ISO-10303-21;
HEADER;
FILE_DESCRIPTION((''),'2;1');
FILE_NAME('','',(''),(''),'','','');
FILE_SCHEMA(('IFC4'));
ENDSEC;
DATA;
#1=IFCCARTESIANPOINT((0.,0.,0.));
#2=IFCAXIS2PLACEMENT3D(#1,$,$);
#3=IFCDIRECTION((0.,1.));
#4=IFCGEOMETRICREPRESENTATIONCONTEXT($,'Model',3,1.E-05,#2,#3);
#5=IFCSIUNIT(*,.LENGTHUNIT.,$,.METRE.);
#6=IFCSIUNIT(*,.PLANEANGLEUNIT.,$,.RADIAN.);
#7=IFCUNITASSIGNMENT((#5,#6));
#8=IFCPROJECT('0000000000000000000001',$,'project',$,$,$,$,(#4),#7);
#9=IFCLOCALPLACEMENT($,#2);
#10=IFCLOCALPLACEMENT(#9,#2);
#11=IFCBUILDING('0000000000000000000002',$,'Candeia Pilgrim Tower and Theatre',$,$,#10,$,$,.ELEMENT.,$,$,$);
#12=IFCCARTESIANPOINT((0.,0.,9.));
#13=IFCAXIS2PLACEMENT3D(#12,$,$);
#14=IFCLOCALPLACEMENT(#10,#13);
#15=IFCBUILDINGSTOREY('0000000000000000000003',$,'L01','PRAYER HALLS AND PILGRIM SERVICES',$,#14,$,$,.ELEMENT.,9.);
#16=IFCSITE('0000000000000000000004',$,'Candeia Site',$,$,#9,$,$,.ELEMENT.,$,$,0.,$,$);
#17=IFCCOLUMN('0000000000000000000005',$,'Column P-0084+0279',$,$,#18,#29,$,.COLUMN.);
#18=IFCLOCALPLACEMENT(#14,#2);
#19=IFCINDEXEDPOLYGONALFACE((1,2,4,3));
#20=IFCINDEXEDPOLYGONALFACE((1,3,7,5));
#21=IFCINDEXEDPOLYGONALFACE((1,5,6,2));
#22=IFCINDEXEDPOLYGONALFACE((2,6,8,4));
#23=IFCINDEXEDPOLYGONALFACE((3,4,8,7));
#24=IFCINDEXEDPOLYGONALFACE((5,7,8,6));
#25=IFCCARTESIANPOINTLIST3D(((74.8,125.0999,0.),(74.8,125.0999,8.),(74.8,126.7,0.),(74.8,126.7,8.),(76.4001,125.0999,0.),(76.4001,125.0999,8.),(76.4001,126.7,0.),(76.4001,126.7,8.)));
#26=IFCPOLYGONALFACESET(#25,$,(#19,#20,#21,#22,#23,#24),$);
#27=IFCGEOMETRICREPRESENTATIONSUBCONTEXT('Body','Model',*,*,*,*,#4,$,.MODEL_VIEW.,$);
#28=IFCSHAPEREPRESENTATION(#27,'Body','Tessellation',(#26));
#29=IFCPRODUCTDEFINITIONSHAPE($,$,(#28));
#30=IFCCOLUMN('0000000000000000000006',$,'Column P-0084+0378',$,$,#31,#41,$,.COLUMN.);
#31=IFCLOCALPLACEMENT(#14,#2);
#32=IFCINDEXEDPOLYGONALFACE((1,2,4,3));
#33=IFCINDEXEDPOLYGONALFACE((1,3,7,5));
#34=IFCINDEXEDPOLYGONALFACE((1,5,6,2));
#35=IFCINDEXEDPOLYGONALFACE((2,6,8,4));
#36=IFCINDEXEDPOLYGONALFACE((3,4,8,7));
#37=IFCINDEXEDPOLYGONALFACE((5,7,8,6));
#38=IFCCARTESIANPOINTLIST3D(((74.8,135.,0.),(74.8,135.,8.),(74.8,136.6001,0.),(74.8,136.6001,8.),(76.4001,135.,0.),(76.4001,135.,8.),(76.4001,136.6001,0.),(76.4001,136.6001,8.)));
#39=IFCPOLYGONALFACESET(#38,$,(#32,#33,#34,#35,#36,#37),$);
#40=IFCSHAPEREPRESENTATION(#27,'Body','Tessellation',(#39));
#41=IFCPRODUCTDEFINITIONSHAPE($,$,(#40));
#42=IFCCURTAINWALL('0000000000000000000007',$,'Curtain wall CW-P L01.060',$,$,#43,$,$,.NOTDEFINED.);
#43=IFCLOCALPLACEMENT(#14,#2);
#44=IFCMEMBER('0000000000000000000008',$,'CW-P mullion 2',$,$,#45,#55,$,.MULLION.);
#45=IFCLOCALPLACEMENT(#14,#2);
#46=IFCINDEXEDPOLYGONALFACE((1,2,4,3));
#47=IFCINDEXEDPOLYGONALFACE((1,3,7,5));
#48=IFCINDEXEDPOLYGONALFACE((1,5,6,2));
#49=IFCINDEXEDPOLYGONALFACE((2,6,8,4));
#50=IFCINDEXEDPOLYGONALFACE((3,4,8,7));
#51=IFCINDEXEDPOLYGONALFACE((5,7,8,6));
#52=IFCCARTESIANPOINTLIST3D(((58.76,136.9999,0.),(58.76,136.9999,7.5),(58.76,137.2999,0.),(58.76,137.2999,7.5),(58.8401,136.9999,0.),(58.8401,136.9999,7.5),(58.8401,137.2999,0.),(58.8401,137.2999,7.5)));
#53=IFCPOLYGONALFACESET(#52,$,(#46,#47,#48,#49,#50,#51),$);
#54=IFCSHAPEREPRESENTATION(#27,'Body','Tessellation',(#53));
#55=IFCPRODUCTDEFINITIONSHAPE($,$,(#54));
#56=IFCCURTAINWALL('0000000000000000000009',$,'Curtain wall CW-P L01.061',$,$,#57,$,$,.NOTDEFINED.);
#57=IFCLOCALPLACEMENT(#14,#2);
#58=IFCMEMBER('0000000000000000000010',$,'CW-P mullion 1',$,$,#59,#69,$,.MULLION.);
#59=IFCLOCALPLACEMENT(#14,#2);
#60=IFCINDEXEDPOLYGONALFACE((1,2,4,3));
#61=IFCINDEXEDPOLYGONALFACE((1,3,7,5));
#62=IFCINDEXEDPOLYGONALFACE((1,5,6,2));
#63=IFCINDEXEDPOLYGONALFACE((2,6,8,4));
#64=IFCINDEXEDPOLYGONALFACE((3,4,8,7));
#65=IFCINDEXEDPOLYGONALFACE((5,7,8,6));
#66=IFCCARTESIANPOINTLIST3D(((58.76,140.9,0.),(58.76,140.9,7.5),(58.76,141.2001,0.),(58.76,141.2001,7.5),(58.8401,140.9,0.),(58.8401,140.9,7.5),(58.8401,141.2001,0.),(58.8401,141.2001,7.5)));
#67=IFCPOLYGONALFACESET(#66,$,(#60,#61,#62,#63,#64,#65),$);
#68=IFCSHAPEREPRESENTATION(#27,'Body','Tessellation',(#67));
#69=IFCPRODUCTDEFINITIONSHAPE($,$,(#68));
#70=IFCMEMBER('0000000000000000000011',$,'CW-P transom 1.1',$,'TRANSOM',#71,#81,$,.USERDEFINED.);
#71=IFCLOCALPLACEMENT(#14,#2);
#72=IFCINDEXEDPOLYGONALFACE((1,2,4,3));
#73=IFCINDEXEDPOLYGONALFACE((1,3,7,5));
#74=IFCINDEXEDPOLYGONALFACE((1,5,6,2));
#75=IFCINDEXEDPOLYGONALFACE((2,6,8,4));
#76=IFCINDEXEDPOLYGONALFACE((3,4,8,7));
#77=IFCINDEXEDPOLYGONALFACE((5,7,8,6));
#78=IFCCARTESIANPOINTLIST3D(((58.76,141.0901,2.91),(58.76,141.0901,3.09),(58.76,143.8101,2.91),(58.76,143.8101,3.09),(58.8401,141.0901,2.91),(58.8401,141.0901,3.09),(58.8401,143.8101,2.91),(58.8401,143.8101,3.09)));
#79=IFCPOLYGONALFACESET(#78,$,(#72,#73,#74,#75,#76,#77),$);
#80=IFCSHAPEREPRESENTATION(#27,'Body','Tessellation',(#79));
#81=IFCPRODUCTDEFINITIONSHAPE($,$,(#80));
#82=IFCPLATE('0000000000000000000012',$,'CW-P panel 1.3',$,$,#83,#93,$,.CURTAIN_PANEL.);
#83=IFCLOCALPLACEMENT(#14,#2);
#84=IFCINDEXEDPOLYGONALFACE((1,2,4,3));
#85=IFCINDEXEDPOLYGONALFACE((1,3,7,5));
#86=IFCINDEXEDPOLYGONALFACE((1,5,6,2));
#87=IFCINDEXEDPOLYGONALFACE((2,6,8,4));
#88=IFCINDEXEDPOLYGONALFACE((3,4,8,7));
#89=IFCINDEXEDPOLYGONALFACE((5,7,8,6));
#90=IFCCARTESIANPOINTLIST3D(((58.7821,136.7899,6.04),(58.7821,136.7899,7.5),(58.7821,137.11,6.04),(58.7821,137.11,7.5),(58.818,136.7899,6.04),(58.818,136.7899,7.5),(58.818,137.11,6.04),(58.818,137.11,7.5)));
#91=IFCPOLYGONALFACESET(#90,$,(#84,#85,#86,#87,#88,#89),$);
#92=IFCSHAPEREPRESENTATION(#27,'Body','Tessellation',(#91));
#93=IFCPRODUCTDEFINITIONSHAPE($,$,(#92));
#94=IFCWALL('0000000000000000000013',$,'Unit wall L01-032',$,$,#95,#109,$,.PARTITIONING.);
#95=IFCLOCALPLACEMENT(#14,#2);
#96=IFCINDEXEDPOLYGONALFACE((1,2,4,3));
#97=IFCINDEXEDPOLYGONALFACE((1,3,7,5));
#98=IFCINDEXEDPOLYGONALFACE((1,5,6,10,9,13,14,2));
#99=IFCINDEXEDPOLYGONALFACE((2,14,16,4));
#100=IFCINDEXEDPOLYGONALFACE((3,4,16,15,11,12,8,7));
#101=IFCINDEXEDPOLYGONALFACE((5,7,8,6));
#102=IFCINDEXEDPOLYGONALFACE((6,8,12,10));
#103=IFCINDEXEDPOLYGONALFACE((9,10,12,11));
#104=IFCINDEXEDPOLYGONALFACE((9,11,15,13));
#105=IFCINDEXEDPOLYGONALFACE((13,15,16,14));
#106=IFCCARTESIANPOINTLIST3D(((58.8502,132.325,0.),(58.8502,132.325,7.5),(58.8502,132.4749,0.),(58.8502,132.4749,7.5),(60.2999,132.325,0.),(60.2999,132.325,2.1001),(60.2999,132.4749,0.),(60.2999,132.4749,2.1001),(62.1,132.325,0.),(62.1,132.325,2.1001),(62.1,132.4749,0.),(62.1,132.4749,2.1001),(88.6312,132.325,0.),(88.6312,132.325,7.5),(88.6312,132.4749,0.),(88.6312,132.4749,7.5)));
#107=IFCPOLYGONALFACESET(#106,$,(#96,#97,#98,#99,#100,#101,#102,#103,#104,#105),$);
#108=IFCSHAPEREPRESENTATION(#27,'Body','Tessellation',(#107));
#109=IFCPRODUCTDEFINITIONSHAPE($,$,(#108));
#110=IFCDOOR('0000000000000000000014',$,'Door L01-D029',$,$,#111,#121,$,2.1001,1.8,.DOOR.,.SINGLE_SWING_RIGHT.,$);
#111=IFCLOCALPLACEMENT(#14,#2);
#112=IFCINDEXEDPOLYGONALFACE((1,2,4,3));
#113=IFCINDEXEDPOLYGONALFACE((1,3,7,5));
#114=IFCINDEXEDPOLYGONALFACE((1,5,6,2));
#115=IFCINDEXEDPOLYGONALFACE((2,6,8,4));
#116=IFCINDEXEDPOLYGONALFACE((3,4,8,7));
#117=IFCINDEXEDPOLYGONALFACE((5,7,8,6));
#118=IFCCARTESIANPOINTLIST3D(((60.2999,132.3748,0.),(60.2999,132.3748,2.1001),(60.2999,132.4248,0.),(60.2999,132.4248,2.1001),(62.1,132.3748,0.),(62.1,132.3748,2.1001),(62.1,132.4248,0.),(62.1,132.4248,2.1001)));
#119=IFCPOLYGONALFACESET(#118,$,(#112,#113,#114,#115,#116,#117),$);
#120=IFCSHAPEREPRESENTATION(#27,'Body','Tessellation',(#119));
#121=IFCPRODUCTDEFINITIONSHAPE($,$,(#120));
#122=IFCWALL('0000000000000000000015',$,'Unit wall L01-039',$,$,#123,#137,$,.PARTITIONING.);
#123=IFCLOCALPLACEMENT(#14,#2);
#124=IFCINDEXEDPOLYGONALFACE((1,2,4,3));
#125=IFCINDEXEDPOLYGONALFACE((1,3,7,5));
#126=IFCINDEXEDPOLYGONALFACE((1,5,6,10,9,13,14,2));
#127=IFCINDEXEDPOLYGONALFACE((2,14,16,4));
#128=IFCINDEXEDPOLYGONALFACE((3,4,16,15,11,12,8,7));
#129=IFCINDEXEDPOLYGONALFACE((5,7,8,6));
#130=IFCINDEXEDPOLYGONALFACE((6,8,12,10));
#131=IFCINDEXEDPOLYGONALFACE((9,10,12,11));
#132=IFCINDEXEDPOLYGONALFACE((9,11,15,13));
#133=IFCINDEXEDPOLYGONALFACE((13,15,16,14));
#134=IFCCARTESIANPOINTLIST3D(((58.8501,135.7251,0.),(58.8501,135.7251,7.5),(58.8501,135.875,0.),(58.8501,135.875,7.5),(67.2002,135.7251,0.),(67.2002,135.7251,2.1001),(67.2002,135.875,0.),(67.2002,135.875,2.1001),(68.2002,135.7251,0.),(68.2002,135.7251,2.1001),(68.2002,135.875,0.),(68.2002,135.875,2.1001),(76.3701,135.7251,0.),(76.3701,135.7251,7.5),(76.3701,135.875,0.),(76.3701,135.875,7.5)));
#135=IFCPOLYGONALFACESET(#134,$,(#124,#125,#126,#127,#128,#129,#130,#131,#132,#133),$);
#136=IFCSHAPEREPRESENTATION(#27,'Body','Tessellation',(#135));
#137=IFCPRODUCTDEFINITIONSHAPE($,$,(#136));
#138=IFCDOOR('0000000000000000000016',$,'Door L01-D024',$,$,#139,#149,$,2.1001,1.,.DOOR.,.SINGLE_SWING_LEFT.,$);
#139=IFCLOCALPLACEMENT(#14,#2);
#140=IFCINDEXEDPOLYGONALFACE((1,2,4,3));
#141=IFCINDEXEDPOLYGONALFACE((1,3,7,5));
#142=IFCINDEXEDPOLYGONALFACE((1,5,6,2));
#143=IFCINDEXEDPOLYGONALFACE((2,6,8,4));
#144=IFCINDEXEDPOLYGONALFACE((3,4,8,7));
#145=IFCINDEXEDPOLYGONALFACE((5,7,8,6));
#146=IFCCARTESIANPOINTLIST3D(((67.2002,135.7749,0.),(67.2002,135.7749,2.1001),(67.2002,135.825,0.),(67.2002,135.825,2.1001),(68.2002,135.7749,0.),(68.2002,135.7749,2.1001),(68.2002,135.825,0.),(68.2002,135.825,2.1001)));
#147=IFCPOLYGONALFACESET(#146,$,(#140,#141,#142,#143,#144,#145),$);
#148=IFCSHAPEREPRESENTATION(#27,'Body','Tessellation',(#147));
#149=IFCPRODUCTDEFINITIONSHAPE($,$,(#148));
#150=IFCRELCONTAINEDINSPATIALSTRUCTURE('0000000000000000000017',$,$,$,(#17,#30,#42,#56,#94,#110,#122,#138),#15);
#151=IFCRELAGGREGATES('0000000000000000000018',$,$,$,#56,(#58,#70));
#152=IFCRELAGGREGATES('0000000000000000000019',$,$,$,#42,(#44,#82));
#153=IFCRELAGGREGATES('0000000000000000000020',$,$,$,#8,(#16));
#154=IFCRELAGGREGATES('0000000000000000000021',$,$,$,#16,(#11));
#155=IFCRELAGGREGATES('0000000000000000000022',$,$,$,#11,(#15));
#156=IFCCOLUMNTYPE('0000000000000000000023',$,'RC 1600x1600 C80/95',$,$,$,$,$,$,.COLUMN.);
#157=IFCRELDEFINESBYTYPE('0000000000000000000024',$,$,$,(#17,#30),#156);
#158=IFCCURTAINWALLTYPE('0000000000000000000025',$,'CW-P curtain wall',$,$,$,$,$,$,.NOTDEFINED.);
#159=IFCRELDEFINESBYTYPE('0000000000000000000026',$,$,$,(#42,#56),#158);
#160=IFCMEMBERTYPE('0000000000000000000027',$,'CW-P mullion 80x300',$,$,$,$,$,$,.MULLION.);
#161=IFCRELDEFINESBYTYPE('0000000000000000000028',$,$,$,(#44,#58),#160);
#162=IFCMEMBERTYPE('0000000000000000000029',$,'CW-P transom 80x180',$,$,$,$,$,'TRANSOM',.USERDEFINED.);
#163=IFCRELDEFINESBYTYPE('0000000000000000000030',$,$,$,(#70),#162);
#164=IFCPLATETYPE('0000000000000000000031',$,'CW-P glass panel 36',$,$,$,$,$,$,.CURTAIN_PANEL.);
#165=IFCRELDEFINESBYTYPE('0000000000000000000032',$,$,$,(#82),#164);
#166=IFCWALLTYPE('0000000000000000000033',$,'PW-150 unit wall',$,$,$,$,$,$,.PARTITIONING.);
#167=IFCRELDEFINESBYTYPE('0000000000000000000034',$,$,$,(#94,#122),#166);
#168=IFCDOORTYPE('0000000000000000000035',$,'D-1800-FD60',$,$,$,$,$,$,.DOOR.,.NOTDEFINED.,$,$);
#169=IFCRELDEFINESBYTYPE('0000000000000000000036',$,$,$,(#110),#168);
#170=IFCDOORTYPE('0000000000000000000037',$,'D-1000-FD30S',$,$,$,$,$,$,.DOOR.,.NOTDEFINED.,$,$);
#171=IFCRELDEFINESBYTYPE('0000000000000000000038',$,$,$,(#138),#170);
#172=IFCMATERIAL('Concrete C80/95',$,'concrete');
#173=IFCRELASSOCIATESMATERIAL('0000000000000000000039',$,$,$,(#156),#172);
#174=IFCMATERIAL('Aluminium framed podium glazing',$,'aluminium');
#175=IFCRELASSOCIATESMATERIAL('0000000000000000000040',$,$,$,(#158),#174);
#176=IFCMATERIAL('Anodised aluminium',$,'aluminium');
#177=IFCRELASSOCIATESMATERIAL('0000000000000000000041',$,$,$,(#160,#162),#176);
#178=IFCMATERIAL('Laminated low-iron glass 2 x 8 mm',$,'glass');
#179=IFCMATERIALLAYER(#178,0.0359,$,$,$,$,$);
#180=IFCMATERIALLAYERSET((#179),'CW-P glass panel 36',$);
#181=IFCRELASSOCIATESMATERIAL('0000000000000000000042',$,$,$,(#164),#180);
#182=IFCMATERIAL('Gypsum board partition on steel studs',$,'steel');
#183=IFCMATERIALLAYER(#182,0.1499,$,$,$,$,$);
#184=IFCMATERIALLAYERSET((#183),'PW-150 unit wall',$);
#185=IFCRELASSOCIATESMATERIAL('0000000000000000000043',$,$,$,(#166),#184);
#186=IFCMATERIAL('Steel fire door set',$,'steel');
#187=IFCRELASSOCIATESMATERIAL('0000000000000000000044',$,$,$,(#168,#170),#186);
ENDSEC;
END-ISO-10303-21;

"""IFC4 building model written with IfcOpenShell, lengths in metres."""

from ifc_helpers import new_model, si_unit, direction, frame, frame_2d, origin, origin_2d, place, context, subcontext, project, spatial, rectangle, extrude, material, layer, layer_set, material_profile, profile_set, type_object, element, fill, aggregate, save


model = new_model("IFC4")

# Units and contexts
model_context = context("Model", 3, precision=1e-05, world=origin(), true_north=direction((0.0, 1.0)))
body_context = subcontext(model_context, "Body", "Model", "MODEL_VIEW")
ifc_project = project(units=[si_unit("LENGTHUNIT", "METRE"), si_unit("PLANEANGLEUNIT", "RADIAN")], contexts=[model_context])

# Site, building, storey
site_placement = place(None, origin())
site = spatial("IfcSite", under=ifc_project, at=site_placement, Name="Candeia Site", CompositionType="ELEMENT", RefElevation=0.0)
building_placement = place(site_placement, origin())
building = spatial("IfcBuilding", under=site, at=building_placement, Name="Candeia Pilgrim Tower and Theatre", CompositionType="ELEMENT")
storey_placement = place(building_placement, frame((0.0, 0.0, 9.0)))
storey = spatial("IfcBuildingStorey", under=building, at=storey_placement, Name="L01", Description="PRAYER HALLS AND PILGRIM SERVICES", CompositionType="ELEMENT", Elevation=9.0)

# Columns
ifc_material_1 = material(Name="Concrete C80/95", Category="concrete")
ifc_material_profile_1 = material_profile(ifc_material_1, rectangle(XDim=1.6001, YDim=1.6001, at=origin_2d()))
ifc_profile_set_1 = profile_set([ifc_material_profile_1], Name="Concrete C80/95")
column_type = type_object("IfcColumnType", Name="RC 1600x1600 C80/95", PredefinedType="COLUMN", material=ifc_profile_set_1)
for number, where, z_axis, x_axis, name in (
    (1, (75.6001, 125.8999, 0.0), (0.0, 0.0, 1.0), (1.0, 0.0, 0.0), "Column P-0084+0279"),
    (2, (75.6001, 135.8, 0.0), (0.0, 0.0, 1.0), (1.0, 0.0, 0.0), "Column P-0084+0378"),
):
    element("IfcColumn", number, at=place(storey_placement, frame(where, z_axis=z_axis, x_axis=x_axis)), inside=storey, type_object=column_type, Name=name, PredefinedType="COLUMN", context=body_context, shape_type="SweptSolid", body=[
        extrude(rectangle(XDim=1.6001, YDim=1.6001, at=origin_2d()), origin(), (0.0, 0.0, 1.0), 8.0),
    ])

# Curtain wall, member
ifc_material_2 = material(Name="Aluminium framed podium glazing", Category="aluminium")
curtain_wall_type = type_object("IfcCurtainWallType", Name="CW-P curtain wall", PredefinedType="NOTDEFINED", material=ifc_material_2)
curtain_wall_1_placement = place(storey_placement, origin())
curtain_wall_1 = element("IfcCurtainWall", 3, at=curtain_wall_1_placement, inside=storey, type_object=curtain_wall_type, Name="Curtain wall CW-P L01.060", PredefinedType="NOTDEFINED")
ifc_material_3 = material(Name="Anodised aluminium", Category="aluminium")
ifc_material_profile_2 = material_profile(ifc_material_3, rectangle(XDim=0.0801, YDim=0.3, at=origin_2d()))
ifc_profile_set_2 = profile_set([ifc_material_profile_2], Name="Anodised aluminium")
member_type_1 = type_object("IfcMemberType", Name="CW-P mullion 80x300", PredefinedType="MULLION", material=ifc_profile_set_2)
member_1_placement = place(storey_placement, frame((58.8, 137.1499, 0.0), z_axis=(0.0, 0.0, 1.0), x_axis=(-1.0, 0.0, 0.0)))
member_1 = element("IfcMember", 4, at=member_1_placement, type_object=member_type_1, Name="CW-P mullion 2", PredefinedType="MULLION", context=body_context, shape_type="SweptSolid", body=[
    extrude(rectangle(XDim=0.0801, YDim=0.3, at=origin_2d()), origin(), (0.0, 0.0, 1.0), 7.5),
])

# Curtain wall, members
curtain_wall_2_placement = place(storey_placement, origin())
curtain_wall_2 = element("IfcCurtainWall", 5, at=curtain_wall_2_placement, inside=storey, type_object=curtain_wall_type, Name="Curtain wall CW-P L01.061", PredefinedType="NOTDEFINED")
member_2_placement = place(storey_placement, frame((58.8, 141.05, 0.0), z_axis=(0.0, 0.0, 1.0), x_axis=(-1.0, 0.0, 0.0)))
member_2 = element("IfcMember", 6, at=member_2_placement, type_object=member_type_1, Name="CW-P mullion 1", PredefinedType="MULLION", context=body_context, shape_type="SweptSolid", body=[
    extrude(rectangle(XDim=0.0801, YDim=0.3, at=origin_2d()), origin(), (0.0, 0.0, 1.0), 7.5),
])
ifc_material_profile_3 = material_profile(ifc_material_3, rectangle(XDim=0.0801, YDim=0.1799, at=origin_2d()))
ifc_profile_set_3 = profile_set([ifc_material_profile_3], Name="Anodised aluminium")
member_type_2 = type_object("IfcMemberType", Name="CW-P transom 80x180", ElementType="TRANSOM", PredefinedType="USERDEFINED", material=ifc_profile_set_3)
member_3_placement = place(storey_placement, frame((58.8, 141.0901, 3.0), z_axis=(0.0, 1.0, 0.0), x_axis=(-1.0, 0.0, 0.0)))
member_3 = element("IfcMember", 7, at=member_3_placement, type_object=member_type_2, Name="CW-P transom 1.1", ObjectType="TRANSOM", PredefinedType="USERDEFINED", context=body_context, shape_type="SweptSolid", body=[
    extrude(rectangle(XDim=0.0801, YDim=0.1799, at=origin_2d()), origin(), (0.0, 0.0, 1.0), 2.72),
])
aggregate(curtain_wall_2, [member_2, member_3])

# Plate
ifc_material_4 = material(Name="Laminated low-iron glass 2 x 8 mm", Category="glass")
ifc_layer_1 = layer(ifc_material_4, 0.0359)
ifc_layer_set_1 = layer_set([ifc_layer_1], Name="CW-P glass panel 36")
plate_type = type_object("IfcPlateType", Name="CW-P glass panel 36", PredefinedType="CURTAIN_PANEL", material=ifc_layer_set_1)
plate_placement = place(storey_placement, frame((58.8, 136.95, 6.04), z_axis=(0.0, 0.0, 1.0), x_axis=(0.0, 1.0, 0.0)))
plate = element("IfcPlate", 8, at=plate_placement, type_object=plate_type, Name="CW-P panel 1.3", PredefinedType="CURTAIN_PANEL", context=body_context, shape_type="SweptSolid", body=[
    extrude(rectangle(XDim=0.3201, YDim=0.0359, at=origin_2d()), origin(), (0.0, 0.0, 1.0), 1.46),
])
aggregate(curtain_wall_1, [member_1, plate])

# Walls, openings, doors
ifc_material_5 = material(Name="Gypsum board partition on steel studs", Category="steel")
ifc_layer_2 = layer(ifc_material_5, 0.1499)
ifc_layer_set_2 = layer_set([ifc_layer_2], Name="PW-150 unit wall")
wall_type_1 = type_object("IfcWallType", Name="PW-150 unit wall", PredefinedType="PARTITIONING", material=ifc_layer_set_2)
wall_1_placement = place(storey_placement, frame((58.8501, 132.3999, 0.0), z_axis=(0.0, 0.0, 1.0), x_axis=(1.0, 0.0, 0.0)))
wall_1 = element("IfcWall", 9, at=wall_1_placement, inside=storey, type_object=wall_type_1, Name="Unit wall L01-032", PredefinedType="PARTITIONING", context=body_context, shape_type="SweptSolid", body=[
    extrude(rectangle(XDim=29.781, YDim=0.1499, at=frame_2d((14.8906, 0.0))), origin(), (0.0, 0.0, 1.0), 7.5),
])
opening_1_placement = place(wall_1_placement, frame((1.45, 0.0, 0.0)))
opening_1 = element("IfcOpeningElement", 10, at=opening_1_placement, cuts=wall_1, PredefinedType="OPENING", context=body_context, shape_type="SweptSolid", body=[
    extrude(rectangle(XDim=1.8, YDim=2.1001, at=frame_2d((0.8999, 1.05))), frame((0.0, 0.085, 0.0), z_axis=(0.0, -1.0, 0.0), x_axis=(1.0, 0.0, 0.0)), (0.0, 0.0, 1.0), 0.1699),
])
ifc_material_6 = material(Name="Steel fire door set", Category="steel")
door_type_1 = type_object("IfcDoorType", Name="D-1800-FD60", OperationType="NOTDEFINED", PredefinedType="DOOR", material=ifc_material_6)
door_1_placement = place(opening_1_placement, origin())
door_1 = element("IfcDoor", 11, at=door_1_placement, inside=storey, type_object=door_type_1, Name="Door L01-D029", OperationType="SINGLE_SWING_RIGHT", OverallHeight=2.1001, OverallWidth=1.8, PredefinedType="DOOR", context=body_context, shape_type="SweptSolid", body=[
    extrude(rectangle(XDim=1.8, YDim=2.1001, at=frame_2d((0.8999, 1.05))), frame((0.0, 0.0249, 0.0), z_axis=(0.0, -1.0, 0.0), x_axis=(1.0, 0.0, 0.0)), (0.0, 0.0, 1.0), 0.05),
])
fill(opening_1, door_1)
wall_2_placement = place(storey_placement, frame((58.8501, 135.8, 0.0), z_axis=(0.0, 0.0, 1.0), x_axis=(1.0, 0.0, 0.0)))
wall_2 = element("IfcWall", 12, at=wall_2_placement, inside=storey, type_object=wall_type_1, Name="Unit wall L01-039", PredefinedType="PARTITIONING", context=body_context, shape_type="SweptSolid", body=[
    extrude(rectangle(XDim=17.52, YDim=0.1499, at=frame_2d((8.76, 0.0))), origin(), (0.0, 0.0, 1.0), 7.5),
])
opening_2_placement = place(wall_2_placement, frame((8.3501, 0.0, 0.0)))
opening_2 = element("IfcOpeningElement", 13, at=opening_2_placement, cuts=wall_2, PredefinedType="OPENING", context=body_context, shape_type="SweptSolid", body=[
    extrude(rectangle(XDim=1.0, YDim=2.1001, at=frame_2d((0.5, 1.05))), frame((0.0, 0.085, 0.0), z_axis=(0.0, -1.0, 0.0), x_axis=(1.0, 0.0, 0.0)), (0.0, 0.0, 1.0), 0.1699),
])
door_type_2 = type_object("IfcDoorType", Name="D-1000-FD30S", OperationType="NOTDEFINED", PredefinedType="DOOR", material=ifc_material_6)
door_2_placement = place(opening_2_placement, origin())
door_2 = element("IfcDoor", 14, at=door_2_placement, inside=storey, type_object=door_type_2, Name="Door L01-D024", OperationType="SINGLE_SWING_LEFT", OverallHeight=2.1001, OverallWidth=1.0, PredefinedType="DOOR", context=body_context, shape_type="SweptSolid", body=[
    extrude(rectangle(XDim=1.0, YDim=2.1001, at=frame_2d((0.5, 1.05))), frame((0.0, 0.0249, 0.0), z_axis=(0.0, -1.0, 0.0), x_axis=(1.0, 0.0, 0.0)), (0.0, 0.0, 1.0), 0.05),
])
fill(opening_2, door_2)

save(model, "model.ifc")
